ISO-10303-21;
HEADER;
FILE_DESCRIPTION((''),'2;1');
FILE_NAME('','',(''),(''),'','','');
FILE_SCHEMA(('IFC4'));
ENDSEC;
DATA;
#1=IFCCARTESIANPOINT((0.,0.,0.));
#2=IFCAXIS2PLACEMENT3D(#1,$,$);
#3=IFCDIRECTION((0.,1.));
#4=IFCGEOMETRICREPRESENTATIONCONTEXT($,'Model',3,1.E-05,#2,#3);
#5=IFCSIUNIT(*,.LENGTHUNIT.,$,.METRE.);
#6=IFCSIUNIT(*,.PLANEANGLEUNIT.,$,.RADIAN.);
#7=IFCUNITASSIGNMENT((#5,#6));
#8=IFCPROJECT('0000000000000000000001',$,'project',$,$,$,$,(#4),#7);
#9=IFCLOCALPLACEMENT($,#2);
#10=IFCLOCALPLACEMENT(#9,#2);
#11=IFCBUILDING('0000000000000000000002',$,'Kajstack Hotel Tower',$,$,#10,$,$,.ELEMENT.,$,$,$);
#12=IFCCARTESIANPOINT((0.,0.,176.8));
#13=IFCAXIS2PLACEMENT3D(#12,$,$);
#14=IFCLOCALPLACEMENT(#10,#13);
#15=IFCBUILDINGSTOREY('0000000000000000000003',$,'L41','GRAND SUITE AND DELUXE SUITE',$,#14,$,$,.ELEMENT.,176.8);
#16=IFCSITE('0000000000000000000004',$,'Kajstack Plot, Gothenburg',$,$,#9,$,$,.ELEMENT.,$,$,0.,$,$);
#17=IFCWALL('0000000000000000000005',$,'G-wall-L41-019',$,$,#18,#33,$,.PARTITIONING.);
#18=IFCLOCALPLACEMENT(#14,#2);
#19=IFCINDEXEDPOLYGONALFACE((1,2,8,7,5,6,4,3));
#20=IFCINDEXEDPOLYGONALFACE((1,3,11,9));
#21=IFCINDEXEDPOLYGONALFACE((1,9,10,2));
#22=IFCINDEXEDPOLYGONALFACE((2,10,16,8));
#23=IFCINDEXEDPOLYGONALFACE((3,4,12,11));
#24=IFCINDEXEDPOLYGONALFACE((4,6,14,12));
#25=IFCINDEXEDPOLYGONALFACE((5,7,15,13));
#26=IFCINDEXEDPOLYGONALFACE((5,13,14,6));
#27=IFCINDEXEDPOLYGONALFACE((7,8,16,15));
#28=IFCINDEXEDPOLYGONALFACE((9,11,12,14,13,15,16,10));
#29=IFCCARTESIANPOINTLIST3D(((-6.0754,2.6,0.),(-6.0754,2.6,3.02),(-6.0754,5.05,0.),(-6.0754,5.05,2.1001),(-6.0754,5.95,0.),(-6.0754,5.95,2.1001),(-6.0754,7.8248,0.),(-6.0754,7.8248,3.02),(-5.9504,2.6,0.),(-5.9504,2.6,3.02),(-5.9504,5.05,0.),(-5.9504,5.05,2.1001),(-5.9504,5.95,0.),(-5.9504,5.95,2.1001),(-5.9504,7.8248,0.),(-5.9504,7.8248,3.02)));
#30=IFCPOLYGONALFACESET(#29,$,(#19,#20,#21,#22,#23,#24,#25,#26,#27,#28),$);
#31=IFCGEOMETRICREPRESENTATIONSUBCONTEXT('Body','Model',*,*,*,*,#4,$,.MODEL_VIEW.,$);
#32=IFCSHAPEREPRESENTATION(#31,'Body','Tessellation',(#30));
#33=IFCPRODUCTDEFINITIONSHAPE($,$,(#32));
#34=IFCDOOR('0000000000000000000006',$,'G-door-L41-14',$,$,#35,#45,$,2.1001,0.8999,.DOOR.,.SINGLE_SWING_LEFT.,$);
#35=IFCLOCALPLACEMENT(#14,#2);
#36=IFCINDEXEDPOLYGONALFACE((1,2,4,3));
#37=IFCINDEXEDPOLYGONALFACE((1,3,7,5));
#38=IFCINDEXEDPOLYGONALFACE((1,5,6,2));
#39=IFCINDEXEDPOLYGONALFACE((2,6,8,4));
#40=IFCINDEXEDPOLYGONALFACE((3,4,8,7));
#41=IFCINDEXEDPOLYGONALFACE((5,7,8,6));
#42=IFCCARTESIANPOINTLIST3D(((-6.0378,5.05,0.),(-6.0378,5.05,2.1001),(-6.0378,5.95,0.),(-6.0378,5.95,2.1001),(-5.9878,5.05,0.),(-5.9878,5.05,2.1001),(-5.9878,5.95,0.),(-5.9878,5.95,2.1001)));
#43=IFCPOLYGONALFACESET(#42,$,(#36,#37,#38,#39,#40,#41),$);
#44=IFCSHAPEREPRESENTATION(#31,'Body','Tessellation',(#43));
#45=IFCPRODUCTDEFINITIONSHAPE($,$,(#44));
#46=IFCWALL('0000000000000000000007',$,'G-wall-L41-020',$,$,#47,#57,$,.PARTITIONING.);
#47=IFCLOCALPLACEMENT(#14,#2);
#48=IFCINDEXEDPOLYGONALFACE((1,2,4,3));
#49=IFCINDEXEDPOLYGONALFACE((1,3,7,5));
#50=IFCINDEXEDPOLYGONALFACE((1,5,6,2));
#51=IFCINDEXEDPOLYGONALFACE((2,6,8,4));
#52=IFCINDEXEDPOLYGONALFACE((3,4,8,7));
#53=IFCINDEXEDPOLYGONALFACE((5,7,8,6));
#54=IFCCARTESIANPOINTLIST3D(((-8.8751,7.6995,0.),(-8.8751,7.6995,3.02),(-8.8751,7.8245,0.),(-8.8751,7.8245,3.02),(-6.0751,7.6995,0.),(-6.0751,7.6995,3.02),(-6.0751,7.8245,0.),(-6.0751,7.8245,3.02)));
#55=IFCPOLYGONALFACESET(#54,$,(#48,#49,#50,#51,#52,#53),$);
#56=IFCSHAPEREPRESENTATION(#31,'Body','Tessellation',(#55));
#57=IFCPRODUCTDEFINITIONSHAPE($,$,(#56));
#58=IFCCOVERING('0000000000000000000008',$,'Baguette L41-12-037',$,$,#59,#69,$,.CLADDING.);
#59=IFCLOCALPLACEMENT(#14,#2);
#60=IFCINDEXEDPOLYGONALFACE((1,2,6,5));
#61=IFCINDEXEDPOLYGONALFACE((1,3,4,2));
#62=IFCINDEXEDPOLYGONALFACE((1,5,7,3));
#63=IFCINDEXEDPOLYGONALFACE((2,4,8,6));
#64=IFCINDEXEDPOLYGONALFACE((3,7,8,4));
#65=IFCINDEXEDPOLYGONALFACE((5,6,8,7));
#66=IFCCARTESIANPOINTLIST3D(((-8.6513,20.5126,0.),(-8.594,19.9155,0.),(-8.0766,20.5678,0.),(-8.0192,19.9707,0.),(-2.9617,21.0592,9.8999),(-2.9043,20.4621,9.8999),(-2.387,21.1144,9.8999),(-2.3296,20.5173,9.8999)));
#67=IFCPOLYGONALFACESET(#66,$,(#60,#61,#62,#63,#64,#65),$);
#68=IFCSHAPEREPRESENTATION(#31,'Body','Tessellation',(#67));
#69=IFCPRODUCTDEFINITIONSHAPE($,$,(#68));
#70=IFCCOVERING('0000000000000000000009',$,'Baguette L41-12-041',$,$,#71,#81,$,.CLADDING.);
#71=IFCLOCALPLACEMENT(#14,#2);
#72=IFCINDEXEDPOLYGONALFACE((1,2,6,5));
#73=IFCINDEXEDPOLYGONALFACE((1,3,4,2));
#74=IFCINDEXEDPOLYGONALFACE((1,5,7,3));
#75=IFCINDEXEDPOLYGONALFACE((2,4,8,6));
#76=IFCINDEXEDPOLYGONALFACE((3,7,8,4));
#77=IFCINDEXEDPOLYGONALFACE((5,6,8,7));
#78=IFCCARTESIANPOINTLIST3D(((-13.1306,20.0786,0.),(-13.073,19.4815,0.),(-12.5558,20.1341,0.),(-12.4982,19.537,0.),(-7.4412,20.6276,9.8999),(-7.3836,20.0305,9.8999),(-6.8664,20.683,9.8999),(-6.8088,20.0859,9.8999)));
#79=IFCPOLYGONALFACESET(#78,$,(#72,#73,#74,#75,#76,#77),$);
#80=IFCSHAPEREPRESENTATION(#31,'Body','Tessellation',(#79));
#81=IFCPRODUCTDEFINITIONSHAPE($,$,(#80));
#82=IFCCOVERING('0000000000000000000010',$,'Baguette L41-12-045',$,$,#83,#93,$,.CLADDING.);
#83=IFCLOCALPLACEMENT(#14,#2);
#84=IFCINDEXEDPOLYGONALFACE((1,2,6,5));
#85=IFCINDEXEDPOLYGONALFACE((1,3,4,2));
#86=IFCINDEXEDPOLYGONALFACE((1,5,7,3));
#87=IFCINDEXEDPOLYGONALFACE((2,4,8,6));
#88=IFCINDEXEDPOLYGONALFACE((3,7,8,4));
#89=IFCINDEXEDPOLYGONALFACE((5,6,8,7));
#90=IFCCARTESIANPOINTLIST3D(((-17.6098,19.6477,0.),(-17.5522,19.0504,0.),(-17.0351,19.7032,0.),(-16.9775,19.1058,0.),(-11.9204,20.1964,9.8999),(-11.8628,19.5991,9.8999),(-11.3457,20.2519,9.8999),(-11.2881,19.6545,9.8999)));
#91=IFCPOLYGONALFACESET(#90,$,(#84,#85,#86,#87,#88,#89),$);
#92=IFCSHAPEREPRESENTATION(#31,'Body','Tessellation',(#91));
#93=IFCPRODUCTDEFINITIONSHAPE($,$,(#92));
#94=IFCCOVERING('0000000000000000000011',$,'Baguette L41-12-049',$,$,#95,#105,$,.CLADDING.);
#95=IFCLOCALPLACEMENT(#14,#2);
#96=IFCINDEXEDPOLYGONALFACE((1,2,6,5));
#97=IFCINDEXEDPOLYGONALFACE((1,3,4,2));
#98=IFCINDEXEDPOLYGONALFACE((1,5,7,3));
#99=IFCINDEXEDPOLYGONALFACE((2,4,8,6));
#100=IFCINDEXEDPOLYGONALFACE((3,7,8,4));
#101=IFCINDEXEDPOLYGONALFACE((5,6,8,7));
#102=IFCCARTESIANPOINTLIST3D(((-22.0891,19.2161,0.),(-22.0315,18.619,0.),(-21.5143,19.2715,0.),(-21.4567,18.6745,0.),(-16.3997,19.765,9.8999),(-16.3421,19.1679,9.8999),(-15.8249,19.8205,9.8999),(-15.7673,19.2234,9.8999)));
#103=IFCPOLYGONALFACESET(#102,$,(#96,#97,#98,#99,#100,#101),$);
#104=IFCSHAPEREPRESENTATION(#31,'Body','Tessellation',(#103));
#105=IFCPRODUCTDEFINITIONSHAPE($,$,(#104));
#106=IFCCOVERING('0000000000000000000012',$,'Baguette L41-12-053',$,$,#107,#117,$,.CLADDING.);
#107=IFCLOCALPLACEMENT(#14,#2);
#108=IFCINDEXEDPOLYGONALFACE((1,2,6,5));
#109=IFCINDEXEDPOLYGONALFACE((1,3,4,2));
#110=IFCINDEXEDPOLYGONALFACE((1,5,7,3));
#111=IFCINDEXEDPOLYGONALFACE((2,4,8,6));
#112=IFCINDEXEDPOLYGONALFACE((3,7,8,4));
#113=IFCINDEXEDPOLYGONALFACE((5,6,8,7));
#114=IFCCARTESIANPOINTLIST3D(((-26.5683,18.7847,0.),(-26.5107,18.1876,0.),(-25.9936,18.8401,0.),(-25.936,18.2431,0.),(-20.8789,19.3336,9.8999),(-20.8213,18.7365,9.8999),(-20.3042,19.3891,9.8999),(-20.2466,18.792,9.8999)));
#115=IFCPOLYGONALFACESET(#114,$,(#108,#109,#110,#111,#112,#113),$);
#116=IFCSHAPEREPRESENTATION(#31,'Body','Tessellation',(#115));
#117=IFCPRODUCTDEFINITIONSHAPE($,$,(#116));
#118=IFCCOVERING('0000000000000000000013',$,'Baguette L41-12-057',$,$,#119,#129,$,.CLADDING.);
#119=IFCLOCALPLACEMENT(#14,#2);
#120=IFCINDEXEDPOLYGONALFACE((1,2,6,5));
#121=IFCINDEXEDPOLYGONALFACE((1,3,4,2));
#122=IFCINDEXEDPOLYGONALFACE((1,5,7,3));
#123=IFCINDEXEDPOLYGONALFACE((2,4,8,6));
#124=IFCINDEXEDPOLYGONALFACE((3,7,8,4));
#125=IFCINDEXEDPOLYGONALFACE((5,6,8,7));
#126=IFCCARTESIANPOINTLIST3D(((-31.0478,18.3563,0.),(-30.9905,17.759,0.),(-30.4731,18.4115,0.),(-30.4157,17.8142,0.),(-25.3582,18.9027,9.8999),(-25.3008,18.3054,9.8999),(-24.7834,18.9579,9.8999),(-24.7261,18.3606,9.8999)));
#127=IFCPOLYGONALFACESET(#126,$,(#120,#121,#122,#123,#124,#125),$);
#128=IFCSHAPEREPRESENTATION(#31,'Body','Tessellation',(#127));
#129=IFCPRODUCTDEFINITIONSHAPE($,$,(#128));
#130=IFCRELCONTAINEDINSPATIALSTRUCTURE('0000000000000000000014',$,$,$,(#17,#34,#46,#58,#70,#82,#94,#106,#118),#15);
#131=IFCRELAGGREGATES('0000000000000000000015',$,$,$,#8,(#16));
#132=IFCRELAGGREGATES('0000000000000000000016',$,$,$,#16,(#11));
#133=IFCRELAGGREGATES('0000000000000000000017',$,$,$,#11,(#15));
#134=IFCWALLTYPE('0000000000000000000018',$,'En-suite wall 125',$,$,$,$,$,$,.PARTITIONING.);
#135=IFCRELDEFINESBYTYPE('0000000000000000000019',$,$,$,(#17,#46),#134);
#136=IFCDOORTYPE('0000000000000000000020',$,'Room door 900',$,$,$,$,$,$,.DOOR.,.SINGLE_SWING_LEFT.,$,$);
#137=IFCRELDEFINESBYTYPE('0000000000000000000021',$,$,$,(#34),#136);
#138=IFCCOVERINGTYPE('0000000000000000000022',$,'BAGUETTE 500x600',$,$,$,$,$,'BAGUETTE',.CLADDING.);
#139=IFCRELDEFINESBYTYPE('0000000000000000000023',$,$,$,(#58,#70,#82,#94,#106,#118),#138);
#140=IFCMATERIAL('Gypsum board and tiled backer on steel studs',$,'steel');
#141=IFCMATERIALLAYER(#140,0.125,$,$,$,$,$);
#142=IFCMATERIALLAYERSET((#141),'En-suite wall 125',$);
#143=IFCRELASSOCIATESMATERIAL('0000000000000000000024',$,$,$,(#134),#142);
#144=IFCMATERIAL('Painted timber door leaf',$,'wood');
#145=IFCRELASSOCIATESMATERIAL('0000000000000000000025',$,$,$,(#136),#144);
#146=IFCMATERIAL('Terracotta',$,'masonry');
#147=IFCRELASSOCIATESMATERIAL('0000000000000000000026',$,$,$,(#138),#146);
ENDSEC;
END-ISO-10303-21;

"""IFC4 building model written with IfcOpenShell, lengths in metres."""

from ifc_helpers import new_model, si_unit, direction, frame, frame_2d, origin, origin_2d, place, context, subcontext, project, spatial, polyline, rectangle, outline, extrude, material, layer, layer_set, material_profile, profile_set, type_object, element, fill, save


model = new_model("IFC4")

# Units and contexts
model_context = context("Model", 3, precision=1e-05, world=origin(), true_north=direction((0.0, 1.0)))
body_context = subcontext(model_context, "Body", "Model", "MODEL_VIEW")
ifc_project = project(units=[si_unit("LENGTHUNIT", "METRE"), si_unit("PLANEANGLEUNIT", "RADIAN")], contexts=[model_context])

# Site, building, storey
site_placement = place(None, origin())
site = spatial("IfcSite", under=ifc_project, at=site_placement, Name="Kajstack Plot, Gothenburg", CompositionType="ELEMENT", RefElevation=0.0)
building_placement = place(site_placement, origin())
building = spatial("IfcBuilding", under=site, at=building_placement, Name="Kajstack Hotel Tower", CompositionType="ELEMENT")
storey_placement = place(building_placement, frame((0.0, 0.0, 176.8)))
storey = spatial("IfcBuildingStorey", under=building, at=storey_placement, Name="L41", Description="GRAND SUITE AND DELUXE SUITE", CompositionType="ELEMENT", Elevation=176.8)

# Shared definitions
ifc_material_1 = material(Name="Gypsum board and tiled backer on steel studs", Category="steel")
ifc_layer_1 = layer(ifc_material_1, 0.125)
ifc_layer_set_1 = layer_set([ifc_layer_1], Name="En-suite wall 125")
wall_type_1 = type_object("IfcWallType", Name="En-suite wall 125", PredefinedType="PARTITIONING", material=ifc_layer_set_1)

# Shared definitions
ifc_material_2 = material(Name="Painted timber door leaf", Category="wood")
door_type_1 = type_object("IfcDoorType", Name="Room door 900", OperationType="SINGLE_SWING_LEFT", PredefinedType="DOOR", material=ifc_material_2)

# Wall, opening, door
wall_1_placement = place(storey_placement, frame((-6.0129, 2.6001, 0.0), z_axis=(0.0, 0.0, 1.0), x_axis=(0.0, 1.0, 0.0)))
wall_1 = element("IfcWall", 1, at=wall_1_placement, inside=storey, type_object=wall_type_1, Name="G-wall-L41-019", PredefinedType="PARTITIONING", context=body_context, shape_type="SweptSolid", body=[
    extrude(rectangle(XDim=5.2249, YDim=0.125, at=frame_2d((2.6123, 0.0))), origin(), (0.0, 0.0, 1.0), 3.02),
])
opening_1_placement = place(wall_1_placement, frame((2.45, 0.0, 0.0)))
opening_1 = element("IfcOpeningElement", 2, at=opening_1_placement, cuts=wall_1, PredefinedType="OPENING", context=body_context, shape_type="SweptSolid", body=[
    extrude(rectangle(XDim=0.8999, YDim=2.1001, at=frame_2d((0.45, 1.05))), frame((0.0, 0.0725, 0.0), z_axis=(0.0, -1.0, 0.0), x_axis=(1.0, 0.0, 0.0)), (0.0, 0.0, 1.0), 0.145),
])
door_1_placement = place(opening_1_placement, origin())
door_1 = element("IfcDoor", 3, at=door_1_placement, inside=storey, type_object=door_type_1, Name="G-door-L41-14", OperationType="SINGLE_SWING_LEFT", OverallHeight=2.1001, OverallWidth=0.8999, PredefinedType="DOOR", context=body_context, shape_type="SweptSolid", body=[
    extrude(rectangle(XDim=0.8999, YDim=2.1001, at=frame_2d((0.45, 1.05))), frame((0.0, 0.0249, 0.0), z_axis=(0.0, -1.0, 0.0), x_axis=(1.0, 0.0, 0.0)), (0.0, 0.0, 1.0), 0.05),
])
fill(opening_1, door_1)

# Wall
wall_2_placement = place(storey_placement, frame((-8.875, 7.762, 0.0), z_axis=(0.0, 0.0, 1.0), x_axis=(1.0, 0.0, 0.0)))
element("IfcWall", 4, at=wall_2_placement, inside=storey, type_object=wall_type_1, Name="G-wall-L41-020", PredefinedType="PARTITIONING", context=body_context, shape_type="SweptSolid", body=[
    extrude(rectangle(XDim=2.8, YDim=0.125, at=frame_2d((1.3999, 0.0))), origin(), (0.0, 0.0, 1.0), 3.02),
])

# Coverings
ifc_material_3 = material(Name="Terracotta", Category="masonry")
ifc_material_profile = material_profile(ifc_material_3, rectangle(XDim=0.6001, YDim=0.5, at=origin_2d()), Name="Terracotta-clad concrete baguette 500 x 600")
ifc_profile_set = profile_set([ifc_material_profile], Name="Terracotta")
covering_type = type_object("IfcCoveringType", Name="BAGUETTE 500x600", ElementType="BAGUETTE", PredefinedType="CLADDING", material=ifc_profile_set)
for number, where, z_axis, x_axis, name in (
    (5, (-2.3296, 20.5173, 0.0), (-0.095635, 0.995416, 0.0), (-0.995416, -0.095635, 0.0), "Baguette L41-12-037"),
    (6, (-6.8088, 20.0859, 0.0), (-0.096038, 0.995378, 0.0), (-0.995378, -0.096038, 0.0), "Baguette L41-12-041"),
):
    element("IfcCovering", number, at=place(storey_placement, frame(where, z_axis=z_axis, x_axis=x_axis)), inside=storey, type_object=covering_type, Name=name, PredefinedType="CLADDING", context=body_context, shape_type="SweptSolid", body=[
        extrude(outline(polyline([(0.0, 9.8999), (5.7158, 0.0), (6.2932, 0.0), (0.5774, 9.8999), (0.0, 9.8999)])), origin(), (0.0, 0.0, 1.0), 0.5999),
    ])
covering_1_placement = place(storey_placement, frame((-11.2881, 19.6545, 0.0), z_axis=(-0.095999, 0.995381, 0.0), x_axis=(-0.995381, -0.095999, 0.0)))
element("IfcCovering", 7, at=covering_1_placement, inside=storey, type_object=covering_type, Name="Baguette L41-12-045", PredefinedType="CLADDING", context=body_context, shape_type="SweptSolid", body=[
    extrude(outline(polyline([(0.0, 9.8999), (5.7158, 0.0), (6.2932, 0.0), (0.5774, 9.8999), (0.0, 9.8999)])), origin(), (0.0, 0.0, 1.0), 0.6001),
])
for number, where, z_axis, x_axis, name in (
    (8, (-15.7673, 19.2234, 0.0), (-0.096038, 0.995378, 0.0), (-0.995378, -0.096038, 0.0), "Baguette L41-12-049"),
    (9, (-20.2466, 18.792, 0.0), (-0.096038, 0.995378, 0.0), (-0.995378, -0.096038, 0.0), "Baguette L41-12-053"),
):
    element("IfcCovering", number, at=place(storey_placement, frame(where, z_axis=z_axis, x_axis=x_axis)), inside=storey, type_object=covering_type, Name=name, PredefinedType="CLADDING", context=body_context, shape_type="SweptSolid", body=[
        extrude(outline(polyline([(0.0, 9.8999), (5.7158, 0.0), (6.2932, 0.0), (0.5774, 9.8999), (0.0, 9.8999)])), origin(), (0.0, 0.0, 1.0), 0.5999),
    ])
covering_2_placement = place(storey_placement, frame((-24.7261, 18.3606, 0.0), z_axis=(-0.095596, 0.99542, 0.0), x_axis=(-0.99542, -0.095596, 0.0)))
element("IfcCovering", 10, at=covering_2_placement, inside=storey, type_object=covering_type, Name="Baguette L41-12-057", PredefinedType="CLADDING", context=body_context, shape_type="SweptSolid", body=[
    extrude(outline(polyline([(0.0, 9.8999), (5.7158, 0.0), (6.2932, 0.0), (0.5774, 9.8999), (0.0, 9.8999)])), origin(), (0.0, 0.0, 1.0), 0.6001),
])

save(model, "model.ifc")
